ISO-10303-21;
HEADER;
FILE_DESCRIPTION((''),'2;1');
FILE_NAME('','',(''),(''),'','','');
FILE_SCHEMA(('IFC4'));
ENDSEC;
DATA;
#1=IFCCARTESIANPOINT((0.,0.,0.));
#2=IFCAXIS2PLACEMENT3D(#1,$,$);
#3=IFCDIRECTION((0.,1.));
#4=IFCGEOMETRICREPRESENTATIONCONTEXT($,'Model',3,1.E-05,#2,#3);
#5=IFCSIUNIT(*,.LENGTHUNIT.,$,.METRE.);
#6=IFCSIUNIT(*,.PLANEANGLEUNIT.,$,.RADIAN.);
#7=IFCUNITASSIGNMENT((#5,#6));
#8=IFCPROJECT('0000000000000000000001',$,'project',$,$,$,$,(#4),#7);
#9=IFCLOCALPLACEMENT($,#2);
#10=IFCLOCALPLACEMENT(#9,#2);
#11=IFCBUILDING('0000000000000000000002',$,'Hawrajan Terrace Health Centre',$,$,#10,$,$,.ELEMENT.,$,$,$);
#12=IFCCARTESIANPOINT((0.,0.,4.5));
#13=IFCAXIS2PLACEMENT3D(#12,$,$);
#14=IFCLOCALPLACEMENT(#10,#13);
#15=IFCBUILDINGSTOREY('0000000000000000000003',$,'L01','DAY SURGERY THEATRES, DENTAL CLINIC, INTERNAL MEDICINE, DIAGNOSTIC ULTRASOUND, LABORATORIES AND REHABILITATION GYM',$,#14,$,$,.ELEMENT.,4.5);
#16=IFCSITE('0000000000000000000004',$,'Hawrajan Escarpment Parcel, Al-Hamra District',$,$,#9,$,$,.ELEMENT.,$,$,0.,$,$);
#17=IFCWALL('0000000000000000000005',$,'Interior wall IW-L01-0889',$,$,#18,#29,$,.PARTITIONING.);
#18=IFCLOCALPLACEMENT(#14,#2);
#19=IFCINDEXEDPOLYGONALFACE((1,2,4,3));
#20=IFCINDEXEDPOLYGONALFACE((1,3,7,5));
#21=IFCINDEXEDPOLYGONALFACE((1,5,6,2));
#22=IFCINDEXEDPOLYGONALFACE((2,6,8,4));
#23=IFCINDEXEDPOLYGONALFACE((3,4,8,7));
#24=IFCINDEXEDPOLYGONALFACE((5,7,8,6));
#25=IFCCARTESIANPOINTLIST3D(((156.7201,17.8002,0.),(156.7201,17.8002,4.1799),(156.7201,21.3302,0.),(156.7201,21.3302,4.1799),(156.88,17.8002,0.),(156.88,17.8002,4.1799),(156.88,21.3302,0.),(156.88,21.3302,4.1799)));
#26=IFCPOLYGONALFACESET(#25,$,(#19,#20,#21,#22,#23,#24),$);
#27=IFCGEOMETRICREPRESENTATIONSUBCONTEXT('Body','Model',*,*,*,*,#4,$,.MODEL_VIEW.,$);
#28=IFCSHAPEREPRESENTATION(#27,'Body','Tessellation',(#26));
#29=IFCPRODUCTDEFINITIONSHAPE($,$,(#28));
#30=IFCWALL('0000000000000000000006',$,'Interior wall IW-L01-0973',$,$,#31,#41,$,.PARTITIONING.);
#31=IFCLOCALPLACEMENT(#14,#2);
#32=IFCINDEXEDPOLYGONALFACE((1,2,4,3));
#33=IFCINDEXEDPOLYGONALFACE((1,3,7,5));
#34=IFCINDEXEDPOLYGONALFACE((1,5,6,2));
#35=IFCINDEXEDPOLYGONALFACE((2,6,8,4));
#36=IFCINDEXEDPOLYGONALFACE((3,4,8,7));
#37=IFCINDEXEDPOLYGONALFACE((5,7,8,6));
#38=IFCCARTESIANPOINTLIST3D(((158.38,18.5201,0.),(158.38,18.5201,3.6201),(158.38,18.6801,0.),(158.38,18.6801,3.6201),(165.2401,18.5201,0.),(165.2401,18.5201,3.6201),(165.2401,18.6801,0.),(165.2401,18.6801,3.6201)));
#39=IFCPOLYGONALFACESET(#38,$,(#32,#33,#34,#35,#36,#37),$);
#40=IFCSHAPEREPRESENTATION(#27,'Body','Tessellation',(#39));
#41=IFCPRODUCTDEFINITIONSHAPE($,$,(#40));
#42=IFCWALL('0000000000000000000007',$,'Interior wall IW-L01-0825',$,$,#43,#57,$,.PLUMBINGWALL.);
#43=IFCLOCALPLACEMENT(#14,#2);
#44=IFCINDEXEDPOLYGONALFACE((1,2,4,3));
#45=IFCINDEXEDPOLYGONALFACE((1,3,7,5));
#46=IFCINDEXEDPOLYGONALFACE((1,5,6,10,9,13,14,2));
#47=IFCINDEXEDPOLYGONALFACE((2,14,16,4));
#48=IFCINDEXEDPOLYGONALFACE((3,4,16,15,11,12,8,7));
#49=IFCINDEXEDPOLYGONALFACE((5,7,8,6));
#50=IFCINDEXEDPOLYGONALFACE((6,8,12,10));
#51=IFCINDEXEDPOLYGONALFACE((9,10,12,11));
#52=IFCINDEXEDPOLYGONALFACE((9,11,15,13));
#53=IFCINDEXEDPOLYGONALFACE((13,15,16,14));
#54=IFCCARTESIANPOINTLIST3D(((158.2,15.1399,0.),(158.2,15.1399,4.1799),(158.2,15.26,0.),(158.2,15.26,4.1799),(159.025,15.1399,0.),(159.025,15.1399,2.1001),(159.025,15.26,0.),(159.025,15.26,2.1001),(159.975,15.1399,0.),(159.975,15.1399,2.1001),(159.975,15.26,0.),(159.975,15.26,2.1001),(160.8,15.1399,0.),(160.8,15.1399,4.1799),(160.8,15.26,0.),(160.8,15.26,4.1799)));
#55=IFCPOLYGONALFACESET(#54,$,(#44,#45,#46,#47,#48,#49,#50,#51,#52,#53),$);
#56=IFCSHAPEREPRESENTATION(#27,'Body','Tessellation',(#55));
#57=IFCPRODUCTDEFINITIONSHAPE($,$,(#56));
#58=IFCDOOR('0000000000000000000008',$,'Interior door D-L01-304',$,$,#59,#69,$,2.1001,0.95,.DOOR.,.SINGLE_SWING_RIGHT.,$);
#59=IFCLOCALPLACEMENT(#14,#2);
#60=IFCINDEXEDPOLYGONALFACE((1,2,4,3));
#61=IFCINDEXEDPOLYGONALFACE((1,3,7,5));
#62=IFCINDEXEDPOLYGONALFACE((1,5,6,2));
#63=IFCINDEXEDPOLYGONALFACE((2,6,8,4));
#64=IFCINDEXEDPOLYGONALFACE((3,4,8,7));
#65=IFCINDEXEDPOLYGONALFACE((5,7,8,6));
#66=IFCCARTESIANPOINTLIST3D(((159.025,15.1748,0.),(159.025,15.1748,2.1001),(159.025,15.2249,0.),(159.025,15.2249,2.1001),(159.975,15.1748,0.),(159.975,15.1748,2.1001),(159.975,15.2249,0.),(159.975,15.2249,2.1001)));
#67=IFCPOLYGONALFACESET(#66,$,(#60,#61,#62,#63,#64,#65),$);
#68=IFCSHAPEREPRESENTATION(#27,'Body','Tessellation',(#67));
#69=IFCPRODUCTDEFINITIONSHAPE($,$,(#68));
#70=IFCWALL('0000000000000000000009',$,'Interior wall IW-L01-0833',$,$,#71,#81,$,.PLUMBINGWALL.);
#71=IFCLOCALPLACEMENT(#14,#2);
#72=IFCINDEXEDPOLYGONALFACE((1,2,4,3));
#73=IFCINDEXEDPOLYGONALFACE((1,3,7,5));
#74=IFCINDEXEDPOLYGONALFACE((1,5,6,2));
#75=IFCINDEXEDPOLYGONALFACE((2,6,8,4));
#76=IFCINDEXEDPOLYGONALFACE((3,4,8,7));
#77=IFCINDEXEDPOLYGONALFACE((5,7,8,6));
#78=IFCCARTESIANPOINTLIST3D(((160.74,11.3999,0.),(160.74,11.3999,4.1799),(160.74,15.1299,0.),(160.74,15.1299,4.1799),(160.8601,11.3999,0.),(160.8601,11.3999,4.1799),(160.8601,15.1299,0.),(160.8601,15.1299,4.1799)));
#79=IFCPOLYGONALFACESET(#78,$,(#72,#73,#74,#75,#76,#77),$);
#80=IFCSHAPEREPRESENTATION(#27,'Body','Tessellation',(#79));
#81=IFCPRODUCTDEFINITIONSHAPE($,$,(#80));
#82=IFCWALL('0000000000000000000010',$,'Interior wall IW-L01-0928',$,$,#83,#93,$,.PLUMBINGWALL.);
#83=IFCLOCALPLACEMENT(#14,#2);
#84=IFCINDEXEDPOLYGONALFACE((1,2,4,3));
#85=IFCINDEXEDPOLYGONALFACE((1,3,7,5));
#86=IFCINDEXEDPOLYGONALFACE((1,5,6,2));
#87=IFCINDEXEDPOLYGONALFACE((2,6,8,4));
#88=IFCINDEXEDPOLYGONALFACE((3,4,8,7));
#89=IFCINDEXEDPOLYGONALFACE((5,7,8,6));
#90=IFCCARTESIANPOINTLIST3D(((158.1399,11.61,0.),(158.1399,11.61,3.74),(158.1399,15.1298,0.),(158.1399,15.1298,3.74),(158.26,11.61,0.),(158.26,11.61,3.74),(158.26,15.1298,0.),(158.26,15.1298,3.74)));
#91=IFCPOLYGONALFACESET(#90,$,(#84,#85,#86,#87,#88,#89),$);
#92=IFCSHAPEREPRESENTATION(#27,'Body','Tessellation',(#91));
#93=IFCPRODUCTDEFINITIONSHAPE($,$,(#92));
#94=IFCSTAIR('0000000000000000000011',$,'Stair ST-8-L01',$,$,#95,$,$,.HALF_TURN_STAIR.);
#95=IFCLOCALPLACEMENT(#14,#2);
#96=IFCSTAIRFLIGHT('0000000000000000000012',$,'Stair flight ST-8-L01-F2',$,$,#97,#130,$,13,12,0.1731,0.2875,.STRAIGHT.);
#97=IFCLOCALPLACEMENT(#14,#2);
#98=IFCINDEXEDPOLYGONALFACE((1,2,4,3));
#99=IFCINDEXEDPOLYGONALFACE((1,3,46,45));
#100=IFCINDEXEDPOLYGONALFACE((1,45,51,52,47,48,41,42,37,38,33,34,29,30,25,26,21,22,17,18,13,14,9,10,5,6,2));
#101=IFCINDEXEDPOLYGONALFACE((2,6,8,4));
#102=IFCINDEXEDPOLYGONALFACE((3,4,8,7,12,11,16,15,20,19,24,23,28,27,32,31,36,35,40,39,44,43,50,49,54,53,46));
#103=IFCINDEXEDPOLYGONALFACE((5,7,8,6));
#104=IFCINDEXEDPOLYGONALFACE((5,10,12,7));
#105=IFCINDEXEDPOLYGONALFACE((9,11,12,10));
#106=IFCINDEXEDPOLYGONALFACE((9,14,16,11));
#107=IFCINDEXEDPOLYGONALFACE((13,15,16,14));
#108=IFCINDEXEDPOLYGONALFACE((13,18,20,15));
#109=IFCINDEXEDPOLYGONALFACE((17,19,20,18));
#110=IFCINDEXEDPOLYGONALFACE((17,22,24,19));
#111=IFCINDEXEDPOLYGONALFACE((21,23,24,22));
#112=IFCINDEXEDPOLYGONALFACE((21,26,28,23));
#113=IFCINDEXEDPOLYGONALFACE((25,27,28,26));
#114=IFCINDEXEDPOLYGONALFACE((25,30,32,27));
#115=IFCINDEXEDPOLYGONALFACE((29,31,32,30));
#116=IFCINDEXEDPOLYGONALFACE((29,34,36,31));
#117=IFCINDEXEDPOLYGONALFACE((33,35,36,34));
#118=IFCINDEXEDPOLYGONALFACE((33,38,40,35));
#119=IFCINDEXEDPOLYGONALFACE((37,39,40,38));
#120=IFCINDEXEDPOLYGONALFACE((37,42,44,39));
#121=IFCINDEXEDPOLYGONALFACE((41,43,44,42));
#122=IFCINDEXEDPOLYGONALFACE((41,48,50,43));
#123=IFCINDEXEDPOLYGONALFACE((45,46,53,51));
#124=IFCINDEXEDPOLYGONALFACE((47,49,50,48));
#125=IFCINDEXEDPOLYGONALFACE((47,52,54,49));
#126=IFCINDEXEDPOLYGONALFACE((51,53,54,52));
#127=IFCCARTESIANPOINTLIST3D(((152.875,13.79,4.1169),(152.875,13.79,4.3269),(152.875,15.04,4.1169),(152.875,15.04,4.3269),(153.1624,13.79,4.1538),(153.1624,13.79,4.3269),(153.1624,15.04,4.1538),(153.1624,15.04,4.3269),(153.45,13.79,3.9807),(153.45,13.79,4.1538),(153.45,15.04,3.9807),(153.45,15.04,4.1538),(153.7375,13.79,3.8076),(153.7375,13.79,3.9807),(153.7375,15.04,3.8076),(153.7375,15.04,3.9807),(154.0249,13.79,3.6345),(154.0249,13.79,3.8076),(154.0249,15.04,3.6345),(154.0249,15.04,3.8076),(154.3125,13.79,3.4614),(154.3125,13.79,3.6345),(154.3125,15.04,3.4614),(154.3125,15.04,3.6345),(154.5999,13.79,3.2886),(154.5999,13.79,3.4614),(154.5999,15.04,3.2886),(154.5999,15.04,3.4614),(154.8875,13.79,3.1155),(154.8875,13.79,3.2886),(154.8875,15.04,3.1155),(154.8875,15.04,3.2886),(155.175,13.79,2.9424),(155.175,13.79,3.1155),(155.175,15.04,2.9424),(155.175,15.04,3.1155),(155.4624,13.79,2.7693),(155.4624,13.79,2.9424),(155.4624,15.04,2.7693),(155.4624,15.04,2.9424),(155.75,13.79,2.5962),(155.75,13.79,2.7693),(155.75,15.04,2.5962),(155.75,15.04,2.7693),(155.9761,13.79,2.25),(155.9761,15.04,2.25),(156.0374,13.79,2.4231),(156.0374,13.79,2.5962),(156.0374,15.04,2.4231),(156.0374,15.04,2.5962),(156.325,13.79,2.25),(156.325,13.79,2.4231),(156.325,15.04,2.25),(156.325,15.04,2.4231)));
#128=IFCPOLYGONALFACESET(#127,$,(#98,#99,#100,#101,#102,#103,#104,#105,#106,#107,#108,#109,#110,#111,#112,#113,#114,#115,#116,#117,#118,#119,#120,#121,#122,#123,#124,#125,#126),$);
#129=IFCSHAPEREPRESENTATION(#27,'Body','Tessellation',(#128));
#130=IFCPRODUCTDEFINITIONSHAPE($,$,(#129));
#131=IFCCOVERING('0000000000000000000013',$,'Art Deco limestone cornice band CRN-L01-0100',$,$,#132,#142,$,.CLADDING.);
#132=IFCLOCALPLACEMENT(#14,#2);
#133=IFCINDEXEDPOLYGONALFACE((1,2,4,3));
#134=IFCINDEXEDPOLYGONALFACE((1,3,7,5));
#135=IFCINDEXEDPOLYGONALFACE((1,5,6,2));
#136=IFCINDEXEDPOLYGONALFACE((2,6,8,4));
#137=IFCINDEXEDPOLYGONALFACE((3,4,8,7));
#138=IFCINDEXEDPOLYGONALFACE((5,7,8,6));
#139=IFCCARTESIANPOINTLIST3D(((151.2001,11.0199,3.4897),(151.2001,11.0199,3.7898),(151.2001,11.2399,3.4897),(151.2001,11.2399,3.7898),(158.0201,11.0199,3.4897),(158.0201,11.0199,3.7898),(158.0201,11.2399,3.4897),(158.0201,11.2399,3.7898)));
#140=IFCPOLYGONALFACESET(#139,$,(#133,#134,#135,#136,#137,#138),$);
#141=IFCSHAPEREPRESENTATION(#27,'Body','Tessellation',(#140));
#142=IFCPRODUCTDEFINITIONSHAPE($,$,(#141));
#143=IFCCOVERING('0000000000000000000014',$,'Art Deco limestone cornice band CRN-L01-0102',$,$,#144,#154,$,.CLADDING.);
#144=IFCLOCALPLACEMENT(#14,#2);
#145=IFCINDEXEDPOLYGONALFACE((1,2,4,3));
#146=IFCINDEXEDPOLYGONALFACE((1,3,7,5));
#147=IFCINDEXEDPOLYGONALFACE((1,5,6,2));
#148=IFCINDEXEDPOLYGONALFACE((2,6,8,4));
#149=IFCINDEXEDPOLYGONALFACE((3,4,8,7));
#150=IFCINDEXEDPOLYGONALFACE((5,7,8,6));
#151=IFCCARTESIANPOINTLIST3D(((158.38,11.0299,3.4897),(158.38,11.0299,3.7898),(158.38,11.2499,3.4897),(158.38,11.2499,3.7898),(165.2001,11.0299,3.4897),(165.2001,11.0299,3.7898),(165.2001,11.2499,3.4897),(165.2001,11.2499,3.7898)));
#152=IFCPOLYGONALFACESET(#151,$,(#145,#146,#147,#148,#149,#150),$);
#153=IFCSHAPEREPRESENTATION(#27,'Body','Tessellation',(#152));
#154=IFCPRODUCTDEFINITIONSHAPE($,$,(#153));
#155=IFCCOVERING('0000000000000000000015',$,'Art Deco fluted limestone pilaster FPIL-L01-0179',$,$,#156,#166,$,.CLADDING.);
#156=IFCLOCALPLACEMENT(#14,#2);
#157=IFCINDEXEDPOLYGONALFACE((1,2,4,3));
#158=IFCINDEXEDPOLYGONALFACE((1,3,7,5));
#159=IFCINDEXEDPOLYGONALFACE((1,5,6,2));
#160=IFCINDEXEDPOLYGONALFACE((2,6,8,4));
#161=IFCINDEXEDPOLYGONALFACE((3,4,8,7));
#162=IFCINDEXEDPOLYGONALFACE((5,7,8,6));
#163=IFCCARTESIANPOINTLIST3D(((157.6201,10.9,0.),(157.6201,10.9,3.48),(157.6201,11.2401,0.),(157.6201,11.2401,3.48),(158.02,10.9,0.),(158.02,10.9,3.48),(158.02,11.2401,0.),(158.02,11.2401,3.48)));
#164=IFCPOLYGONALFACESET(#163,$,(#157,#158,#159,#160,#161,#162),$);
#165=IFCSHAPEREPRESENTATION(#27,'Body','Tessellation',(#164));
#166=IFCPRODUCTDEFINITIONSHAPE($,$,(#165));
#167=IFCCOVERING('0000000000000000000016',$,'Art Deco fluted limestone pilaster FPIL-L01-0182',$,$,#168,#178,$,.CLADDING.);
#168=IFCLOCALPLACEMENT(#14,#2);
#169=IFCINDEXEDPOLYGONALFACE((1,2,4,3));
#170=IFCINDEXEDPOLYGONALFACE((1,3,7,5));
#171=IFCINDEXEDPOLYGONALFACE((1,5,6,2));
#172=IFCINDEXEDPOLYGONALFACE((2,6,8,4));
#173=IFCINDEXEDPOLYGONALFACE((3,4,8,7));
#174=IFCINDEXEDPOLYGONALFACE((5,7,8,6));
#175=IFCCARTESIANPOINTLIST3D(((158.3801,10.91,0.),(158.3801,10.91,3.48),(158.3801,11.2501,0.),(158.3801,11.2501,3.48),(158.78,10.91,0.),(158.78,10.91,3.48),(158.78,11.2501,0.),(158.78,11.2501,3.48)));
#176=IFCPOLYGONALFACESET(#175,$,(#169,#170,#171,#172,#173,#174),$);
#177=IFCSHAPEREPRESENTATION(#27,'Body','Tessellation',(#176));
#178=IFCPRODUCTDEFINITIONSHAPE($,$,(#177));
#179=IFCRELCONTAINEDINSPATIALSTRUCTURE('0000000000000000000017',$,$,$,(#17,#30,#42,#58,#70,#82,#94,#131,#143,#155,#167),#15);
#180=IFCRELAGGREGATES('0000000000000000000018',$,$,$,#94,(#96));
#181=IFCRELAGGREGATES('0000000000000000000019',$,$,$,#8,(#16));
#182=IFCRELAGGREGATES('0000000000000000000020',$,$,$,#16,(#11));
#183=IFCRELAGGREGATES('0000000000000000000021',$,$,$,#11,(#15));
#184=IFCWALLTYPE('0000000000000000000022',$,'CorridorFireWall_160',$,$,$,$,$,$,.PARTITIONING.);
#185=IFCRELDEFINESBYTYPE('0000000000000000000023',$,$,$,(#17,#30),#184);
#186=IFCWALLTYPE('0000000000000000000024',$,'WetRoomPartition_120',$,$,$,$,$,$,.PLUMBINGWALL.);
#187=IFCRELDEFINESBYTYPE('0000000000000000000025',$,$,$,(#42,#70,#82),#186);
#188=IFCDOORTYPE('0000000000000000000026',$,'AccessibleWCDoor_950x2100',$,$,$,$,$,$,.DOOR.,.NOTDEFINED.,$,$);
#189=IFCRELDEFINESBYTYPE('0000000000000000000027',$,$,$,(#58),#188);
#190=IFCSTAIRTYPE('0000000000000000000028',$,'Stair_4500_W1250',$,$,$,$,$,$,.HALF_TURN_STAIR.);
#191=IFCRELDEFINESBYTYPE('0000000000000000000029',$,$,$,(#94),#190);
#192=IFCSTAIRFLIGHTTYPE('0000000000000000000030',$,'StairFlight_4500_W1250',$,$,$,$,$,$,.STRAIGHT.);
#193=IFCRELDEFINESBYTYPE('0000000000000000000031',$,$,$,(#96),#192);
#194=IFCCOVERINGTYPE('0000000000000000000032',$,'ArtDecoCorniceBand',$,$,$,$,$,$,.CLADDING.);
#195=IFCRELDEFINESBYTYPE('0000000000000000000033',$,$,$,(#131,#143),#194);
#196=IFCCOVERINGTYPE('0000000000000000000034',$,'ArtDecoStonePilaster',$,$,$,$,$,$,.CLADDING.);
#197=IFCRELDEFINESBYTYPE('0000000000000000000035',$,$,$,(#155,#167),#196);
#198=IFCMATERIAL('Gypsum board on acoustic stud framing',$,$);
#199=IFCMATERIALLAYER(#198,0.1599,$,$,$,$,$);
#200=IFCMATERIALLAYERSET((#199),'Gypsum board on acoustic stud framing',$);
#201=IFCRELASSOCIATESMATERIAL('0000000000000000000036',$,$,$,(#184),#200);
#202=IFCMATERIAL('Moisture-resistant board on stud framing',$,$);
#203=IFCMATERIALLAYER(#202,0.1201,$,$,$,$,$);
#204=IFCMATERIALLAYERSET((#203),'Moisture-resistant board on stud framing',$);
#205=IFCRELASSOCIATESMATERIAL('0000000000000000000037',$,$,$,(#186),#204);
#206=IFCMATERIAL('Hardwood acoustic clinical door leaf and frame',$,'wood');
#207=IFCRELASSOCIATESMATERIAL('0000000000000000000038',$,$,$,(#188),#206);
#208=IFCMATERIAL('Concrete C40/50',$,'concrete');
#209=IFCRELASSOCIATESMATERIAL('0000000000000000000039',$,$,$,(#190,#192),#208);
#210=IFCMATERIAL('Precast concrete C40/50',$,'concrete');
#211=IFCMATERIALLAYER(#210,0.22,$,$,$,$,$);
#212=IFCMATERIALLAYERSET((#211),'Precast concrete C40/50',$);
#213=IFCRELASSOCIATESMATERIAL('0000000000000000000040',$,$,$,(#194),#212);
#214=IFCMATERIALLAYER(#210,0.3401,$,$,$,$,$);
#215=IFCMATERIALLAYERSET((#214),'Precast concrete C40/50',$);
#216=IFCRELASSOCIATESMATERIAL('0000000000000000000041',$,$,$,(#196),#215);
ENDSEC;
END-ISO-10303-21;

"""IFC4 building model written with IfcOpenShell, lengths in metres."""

from ifc_helpers import new_model, si_unit, direction, frame, frame_2d, origin, origin_2d, place, context, subcontext, project, spatial, polyline, rectangle, outline, extrude, material, layer, layer_set, type_object, element, fill, aggregate, save


model = new_model("IFC4")

# Units and contexts
model_context = context("Model", 3, precision=1e-05, world=origin(), true_north=direction((0.0, 1.0)))
body_context = subcontext(model_context, "Body", "Model", "MODEL_VIEW")
ifc_project = project(units=[si_unit("LENGTHUNIT", "METRE"), si_unit("PLANEANGLEUNIT", "RADIAN")], contexts=[model_context])

# Site, building, storey
site_placement = place(None, origin())
site = spatial("IfcSite", under=ifc_project, at=site_placement, Name="Hawrajan Escarpment Parcel, Al-Hamra District", CompositionType="ELEMENT", RefElevation=0.0)
building_placement = place(site_placement, origin())
building = spatial("IfcBuilding", under=site, at=building_placement, Name="Hawrajan Terrace Health Centre", CompositionType="ELEMENT")
storey_placement = place(building_placement, frame((0.0, 0.0, 4.5)))
storey = spatial("IfcBuildingStorey", under=building, at=storey_placement, Name="L01", Description="DAY SURGERY THEATRES, DENTAL CLINIC, INTERNAL MEDICINE, DIAGNOSTIC ULTRASOUND, LABORATORIES AND REHABILITATION GYM", CompositionType="ELEMENT", Elevation=4.5)

# Shared definitions
ifc_material_1 = material(Name="Concrete C40/50", Category="concrete")

# Shared definitions
ifc_material_2 = material(Name="Gypsum board on acoustic stud framing")
ifc_material_3 = material(Name="Hardwood acoustic clinical door leaf and frame", Category="wood")

# Shared definitions
ifc_material_4 = material(Name="Precast concrete C40/50", Category="concrete")

# Walls
ifc_layer_1 = layer(ifc_material_2, 0.1599)
ifc_layer_set_1 = layer_set([ifc_layer_1], Name="Gypsum board on acoustic stud framing")
wall_type_1 = type_object("IfcWallType", Name="CorridorFireWall_160", PredefinedType="PARTITIONING", material=ifc_layer_set_1)
wall_1_placement = place(storey_placement, frame((156.8, 17.8, 0.0), z_axis=(0.0, 0.0, 1.0), x_axis=(0.0, 1.0, 0.0)))
element("IfcWall", 1, at=wall_1_placement, inside=storey, type_object=wall_type_1, Name="Interior wall IW-L01-0889", PredefinedType="PARTITIONING", context=body_context, shape_type="SweptSolid", body=[
    extrude(rectangle(XDim=3.53, YDim=0.1599, at=frame_2d((1.7651, 0.0))), origin(), (0.0, 0.0, 1.0), 4.1799),
])
wall_2_placement = place(storey_placement, frame((158.3799, 18.6001, 0.0), z_axis=(0.0, 0.0, 1.0), x_axis=(1.0, 0.0, 0.0)))
element("IfcWall", 2, at=wall_2_placement, inside=storey, type_object=wall_type_1, Name="Interior wall IW-L01-0973", PredefinedType="PARTITIONING", context=body_context, shape_type="SweptSolid", body=[
    extrude(rectangle(XDim=6.8601, YDim=0.1599, at=frame_2d((3.4302, 0.0))), origin(), (0.0, 0.0, 1.0), 3.6201),
])

# Wall, opening, door
ifc_material_5 = material(Name="Moisture-resistant board on stud framing")
ifc_layer_2 = layer(ifc_material_5, 0.1201)
ifc_layer_set_2 = layer_set([ifc_layer_2], Name="Moisture-resistant board on stud framing")
wall_type_2 = type_object("IfcWallType", Name="WetRoomPartition_120", PredefinedType="PLUMBINGWALL", material=ifc_layer_set_2)
wall_3_placement = place(storey_placement, frame((158.2, 15.2, 0.0), z_axis=(0.0, 0.0, 1.0), x_axis=(1.0, 0.0, 0.0)))
wall_3 = element("IfcWall", 3, at=wall_3_placement, inside=storey, type_object=wall_type_2, Name="Interior wall IW-L01-0825", PredefinedType="PLUMBINGWALL", context=body_context, shape_type="SweptSolid", body=[
    extrude(rectangle(XDim=2.6001, YDim=0.1201, at=frame_2d((1.3, 0.0))), origin(), (0.0, 0.0, 1.0), 4.1799),
])
opening_1_placement = place(wall_3_placement, frame((0.825, 0.0, 0.0)))
opening_1 = element("IfcOpeningElement", 4, at=opening_1_placement, cuts=wall_3, PredefinedType="OPENING", context=body_context, shape_type="SweptSolid", body=[
    extrude(rectangle(XDim=0.95, YDim=2.1001, at=frame_2d((0.4751, 1.05))), frame((0.0, 0.0701, 0.0), z_axis=(0.0, -1.0, 0.0), x_axis=(1.0, 0.0, 0.0)), (0.0, 0.0, 1.0), 0.1401),
])
door_type_1 = type_object("IfcDoorType", Name="AccessibleWCDoor_950x2100", OperationType="NOTDEFINED", PredefinedType="DOOR", material=ifc_material_3)
door_1_placement = place(opening_1_placement, origin())
door_1 = element("IfcDoor", 5, at=door_1_placement, inside=storey, type_object=door_type_1, Name="Interior door D-L01-304", OperationType="SINGLE_SWING_RIGHT", OverallHeight=2.1001, OverallWidth=0.95, PredefinedType="DOOR", context=body_context, shape_type="SweptSolid", body=[
    extrude(rectangle(XDim=0.95, YDim=2.1001, at=frame_2d((0.4751, 1.05))), frame((0.0, 0.0249, 0.0), z_axis=(0.0, -1.0, 0.0), x_axis=(1.0, 0.0, 0.0)), (0.0, 0.0, 1.0), 0.05),
])
fill(opening_1, door_1)

# Walls
wall_4_placement = place(storey_placement, frame((160.8, 11.3999, 0.0), z_axis=(0.0, 0.0, 1.0), x_axis=(0.0, 1.0, 0.0)))
element("IfcWall", 6, at=wall_4_placement, inside=storey, type_object=wall_type_2, Name="Interior wall IW-L01-0833", PredefinedType="PLUMBINGWALL", context=body_context, shape_type="SweptSolid", body=[
    extrude(rectangle(XDim=3.73, YDim=0.1201, at=frame_2d((1.865, 0.0))), origin(), (0.0, 0.0, 1.0), 4.1799),
])
wall_5_placement = place(storey_placement, frame((158.2, 11.6101, 0.0), z_axis=(0.0, 0.0, 1.0), x_axis=(0.0, 1.0, 0.0)))
element("IfcWall", 7, at=wall_5_placement, inside=storey, type_object=wall_type_2, Name="Interior wall IW-L01-0928", PredefinedType="PLUMBINGWALL", context=body_context, shape_type="SweptSolid", body=[
    extrude(rectangle(XDim=3.5198, YDim=0.1201, at=frame_2d((1.7598, 0.0))), origin(), (0.0, 0.0, 1.0), 3.74),
])

# Stair, stair flight
stair_type = type_object("IfcStairType", Name="Stair_4500_W1250", PredefinedType="HALF_TURN_STAIR", material=ifc_material_1)
stair_placement = place(storey_placement, origin())
stair = element("IfcStair", 8, at=stair_placement, inside=storey, type_object=stair_type, Name="Stair ST-8-L01", PredefinedType="HALF_TURN_STAIR")
stair_flight_type = type_object("IfcStairFlightType", Name="StairFlight_4500_W1250", PredefinedType="STRAIGHT", material=ifc_material_1)
stair_flight_placement = place(storey_placement, frame((156.325, 14.415, 2.25), z_axis=(0.0, 0.0, 1.0), x_axis=(-1.0, 0.0, 0.0)))
stair_flight = element("IfcStairFlight", 9, at=stair_flight_placement, type_object=stair_flight_type, Name="Stair flight ST-8-L01-F2", NumberOfRisers=13, NumberOfTreads=12, PredefinedType="STRAIGHT", RiserHeight=0.1731, TreadLength=0.2875, context=body_context, shape_type="SweptSolid", body=[
    extrude(outline(polyline([(0.0, 0.0), (0.0, 0.1731), (0.2876, 0.1731), (0.2876, 0.3462), (0.575, 0.3462), (0.575, 0.5193), (0.8625, 0.5193), (0.8625, 0.6924), (1.1499, 0.6924), (1.1499, 0.8655), (1.4375, 0.8655), (1.4375, 1.0386), (1.7251, 1.0386), (1.7251, 1.2114), (2.0125, 1.2114), (2.0125, 1.3845), (2.3, 1.3845), (2.3, 1.5576), (2.5874, 1.5576), (2.5874, 1.7307), (2.875, 1.7307), (2.875, 1.9038), (3.1626, 1.9038), (3.1626, 2.0769), (3.45, 2.0769), (3.45, 2.25), (3.45, 1.8669), (0.3489, 0.0), (0.0, 0.0)])), frame((0.0, 0.625, 0.0), z_axis=(0.0, -1.0, 0.0), x_axis=(1.0, 0.0, 0.0)), (0.0, 0.0, 1.0), 1.25),
])
aggregate(stair, [stair_flight])

# Coverings
ifc_layer_3 = layer(ifc_material_4, 0.22)
ifc_layer_set_3 = layer_set([ifc_layer_3], Name="Precast concrete C40/50")
covering_type_1 = type_object("IfcCoveringType", Name="ArtDecoCorniceBand", PredefinedType="CLADDING", material=ifc_layer_set_3)
for number, where, z_axis, x_axis, name in (
    (10, (154.6101, 11.1299, 3.4897), (0.0, 0.0, 1.0), (1.0, 0.0, 0.0), "Art Deco limestone cornice band CRN-L01-0100"),
    (11, (161.79, 11.1399, 3.4897), (0.0, 0.0, 1.0), (1.0, 0.0, 0.0), "Art Deco limestone cornice band CRN-L01-0102"),
):
    element("IfcCovering", number, at=place(storey_placement, frame(where, z_axis=z_axis, x_axis=x_axis)), inside=storey, type_object=covering_type_1, Name=name, PredefinedType="CLADDING", context=body_context, shape_type="SweptSolid", body=[
        extrude(rectangle(XDim=6.8201, YDim=0.22, at=origin_2d()), origin(), (0.0, 0.0, 1.0), 0.3),
    ])
ifc_layer_4 = layer(ifc_material_4, 0.3401)
ifc_layer_set_4 = layer_set([ifc_layer_4], Name="Precast concrete C40/50")
covering_type_2 = type_object("IfcCoveringType", Name="ArtDecoStonePilaster", PredefinedType="CLADDING", material=ifc_layer_set_4)
for number, where, z_axis, x_axis, name in (
    (12, (157.8201, 11.0701, 0.0), (0.0, 0.0, 1.0), (1.0, 0.0, 0.0), "Art Deco fluted limestone pilaster FPIL-L01-0179"),
    (13, (158.5801, 11.0801, 0.0), (0.0, 0.0, 1.0), (1.0, 0.0, 0.0), "Art Deco fluted limestone pilaster FPIL-L01-0182"),
):
    element("IfcCovering", number, at=place(storey_placement, frame(where, z_axis=z_axis, x_axis=x_axis)), inside=storey, type_object=covering_type_2, Name=name, PredefinedType="CLADDING", context=body_context, shape_type="SweptSolid", body=[
        extrude(rectangle(XDim=0.3999, YDim=0.3401, at=origin_2d()), origin(), (0.0, 0.0, 1.0), 3.48),
    ])

save(model, "model.ifc")
